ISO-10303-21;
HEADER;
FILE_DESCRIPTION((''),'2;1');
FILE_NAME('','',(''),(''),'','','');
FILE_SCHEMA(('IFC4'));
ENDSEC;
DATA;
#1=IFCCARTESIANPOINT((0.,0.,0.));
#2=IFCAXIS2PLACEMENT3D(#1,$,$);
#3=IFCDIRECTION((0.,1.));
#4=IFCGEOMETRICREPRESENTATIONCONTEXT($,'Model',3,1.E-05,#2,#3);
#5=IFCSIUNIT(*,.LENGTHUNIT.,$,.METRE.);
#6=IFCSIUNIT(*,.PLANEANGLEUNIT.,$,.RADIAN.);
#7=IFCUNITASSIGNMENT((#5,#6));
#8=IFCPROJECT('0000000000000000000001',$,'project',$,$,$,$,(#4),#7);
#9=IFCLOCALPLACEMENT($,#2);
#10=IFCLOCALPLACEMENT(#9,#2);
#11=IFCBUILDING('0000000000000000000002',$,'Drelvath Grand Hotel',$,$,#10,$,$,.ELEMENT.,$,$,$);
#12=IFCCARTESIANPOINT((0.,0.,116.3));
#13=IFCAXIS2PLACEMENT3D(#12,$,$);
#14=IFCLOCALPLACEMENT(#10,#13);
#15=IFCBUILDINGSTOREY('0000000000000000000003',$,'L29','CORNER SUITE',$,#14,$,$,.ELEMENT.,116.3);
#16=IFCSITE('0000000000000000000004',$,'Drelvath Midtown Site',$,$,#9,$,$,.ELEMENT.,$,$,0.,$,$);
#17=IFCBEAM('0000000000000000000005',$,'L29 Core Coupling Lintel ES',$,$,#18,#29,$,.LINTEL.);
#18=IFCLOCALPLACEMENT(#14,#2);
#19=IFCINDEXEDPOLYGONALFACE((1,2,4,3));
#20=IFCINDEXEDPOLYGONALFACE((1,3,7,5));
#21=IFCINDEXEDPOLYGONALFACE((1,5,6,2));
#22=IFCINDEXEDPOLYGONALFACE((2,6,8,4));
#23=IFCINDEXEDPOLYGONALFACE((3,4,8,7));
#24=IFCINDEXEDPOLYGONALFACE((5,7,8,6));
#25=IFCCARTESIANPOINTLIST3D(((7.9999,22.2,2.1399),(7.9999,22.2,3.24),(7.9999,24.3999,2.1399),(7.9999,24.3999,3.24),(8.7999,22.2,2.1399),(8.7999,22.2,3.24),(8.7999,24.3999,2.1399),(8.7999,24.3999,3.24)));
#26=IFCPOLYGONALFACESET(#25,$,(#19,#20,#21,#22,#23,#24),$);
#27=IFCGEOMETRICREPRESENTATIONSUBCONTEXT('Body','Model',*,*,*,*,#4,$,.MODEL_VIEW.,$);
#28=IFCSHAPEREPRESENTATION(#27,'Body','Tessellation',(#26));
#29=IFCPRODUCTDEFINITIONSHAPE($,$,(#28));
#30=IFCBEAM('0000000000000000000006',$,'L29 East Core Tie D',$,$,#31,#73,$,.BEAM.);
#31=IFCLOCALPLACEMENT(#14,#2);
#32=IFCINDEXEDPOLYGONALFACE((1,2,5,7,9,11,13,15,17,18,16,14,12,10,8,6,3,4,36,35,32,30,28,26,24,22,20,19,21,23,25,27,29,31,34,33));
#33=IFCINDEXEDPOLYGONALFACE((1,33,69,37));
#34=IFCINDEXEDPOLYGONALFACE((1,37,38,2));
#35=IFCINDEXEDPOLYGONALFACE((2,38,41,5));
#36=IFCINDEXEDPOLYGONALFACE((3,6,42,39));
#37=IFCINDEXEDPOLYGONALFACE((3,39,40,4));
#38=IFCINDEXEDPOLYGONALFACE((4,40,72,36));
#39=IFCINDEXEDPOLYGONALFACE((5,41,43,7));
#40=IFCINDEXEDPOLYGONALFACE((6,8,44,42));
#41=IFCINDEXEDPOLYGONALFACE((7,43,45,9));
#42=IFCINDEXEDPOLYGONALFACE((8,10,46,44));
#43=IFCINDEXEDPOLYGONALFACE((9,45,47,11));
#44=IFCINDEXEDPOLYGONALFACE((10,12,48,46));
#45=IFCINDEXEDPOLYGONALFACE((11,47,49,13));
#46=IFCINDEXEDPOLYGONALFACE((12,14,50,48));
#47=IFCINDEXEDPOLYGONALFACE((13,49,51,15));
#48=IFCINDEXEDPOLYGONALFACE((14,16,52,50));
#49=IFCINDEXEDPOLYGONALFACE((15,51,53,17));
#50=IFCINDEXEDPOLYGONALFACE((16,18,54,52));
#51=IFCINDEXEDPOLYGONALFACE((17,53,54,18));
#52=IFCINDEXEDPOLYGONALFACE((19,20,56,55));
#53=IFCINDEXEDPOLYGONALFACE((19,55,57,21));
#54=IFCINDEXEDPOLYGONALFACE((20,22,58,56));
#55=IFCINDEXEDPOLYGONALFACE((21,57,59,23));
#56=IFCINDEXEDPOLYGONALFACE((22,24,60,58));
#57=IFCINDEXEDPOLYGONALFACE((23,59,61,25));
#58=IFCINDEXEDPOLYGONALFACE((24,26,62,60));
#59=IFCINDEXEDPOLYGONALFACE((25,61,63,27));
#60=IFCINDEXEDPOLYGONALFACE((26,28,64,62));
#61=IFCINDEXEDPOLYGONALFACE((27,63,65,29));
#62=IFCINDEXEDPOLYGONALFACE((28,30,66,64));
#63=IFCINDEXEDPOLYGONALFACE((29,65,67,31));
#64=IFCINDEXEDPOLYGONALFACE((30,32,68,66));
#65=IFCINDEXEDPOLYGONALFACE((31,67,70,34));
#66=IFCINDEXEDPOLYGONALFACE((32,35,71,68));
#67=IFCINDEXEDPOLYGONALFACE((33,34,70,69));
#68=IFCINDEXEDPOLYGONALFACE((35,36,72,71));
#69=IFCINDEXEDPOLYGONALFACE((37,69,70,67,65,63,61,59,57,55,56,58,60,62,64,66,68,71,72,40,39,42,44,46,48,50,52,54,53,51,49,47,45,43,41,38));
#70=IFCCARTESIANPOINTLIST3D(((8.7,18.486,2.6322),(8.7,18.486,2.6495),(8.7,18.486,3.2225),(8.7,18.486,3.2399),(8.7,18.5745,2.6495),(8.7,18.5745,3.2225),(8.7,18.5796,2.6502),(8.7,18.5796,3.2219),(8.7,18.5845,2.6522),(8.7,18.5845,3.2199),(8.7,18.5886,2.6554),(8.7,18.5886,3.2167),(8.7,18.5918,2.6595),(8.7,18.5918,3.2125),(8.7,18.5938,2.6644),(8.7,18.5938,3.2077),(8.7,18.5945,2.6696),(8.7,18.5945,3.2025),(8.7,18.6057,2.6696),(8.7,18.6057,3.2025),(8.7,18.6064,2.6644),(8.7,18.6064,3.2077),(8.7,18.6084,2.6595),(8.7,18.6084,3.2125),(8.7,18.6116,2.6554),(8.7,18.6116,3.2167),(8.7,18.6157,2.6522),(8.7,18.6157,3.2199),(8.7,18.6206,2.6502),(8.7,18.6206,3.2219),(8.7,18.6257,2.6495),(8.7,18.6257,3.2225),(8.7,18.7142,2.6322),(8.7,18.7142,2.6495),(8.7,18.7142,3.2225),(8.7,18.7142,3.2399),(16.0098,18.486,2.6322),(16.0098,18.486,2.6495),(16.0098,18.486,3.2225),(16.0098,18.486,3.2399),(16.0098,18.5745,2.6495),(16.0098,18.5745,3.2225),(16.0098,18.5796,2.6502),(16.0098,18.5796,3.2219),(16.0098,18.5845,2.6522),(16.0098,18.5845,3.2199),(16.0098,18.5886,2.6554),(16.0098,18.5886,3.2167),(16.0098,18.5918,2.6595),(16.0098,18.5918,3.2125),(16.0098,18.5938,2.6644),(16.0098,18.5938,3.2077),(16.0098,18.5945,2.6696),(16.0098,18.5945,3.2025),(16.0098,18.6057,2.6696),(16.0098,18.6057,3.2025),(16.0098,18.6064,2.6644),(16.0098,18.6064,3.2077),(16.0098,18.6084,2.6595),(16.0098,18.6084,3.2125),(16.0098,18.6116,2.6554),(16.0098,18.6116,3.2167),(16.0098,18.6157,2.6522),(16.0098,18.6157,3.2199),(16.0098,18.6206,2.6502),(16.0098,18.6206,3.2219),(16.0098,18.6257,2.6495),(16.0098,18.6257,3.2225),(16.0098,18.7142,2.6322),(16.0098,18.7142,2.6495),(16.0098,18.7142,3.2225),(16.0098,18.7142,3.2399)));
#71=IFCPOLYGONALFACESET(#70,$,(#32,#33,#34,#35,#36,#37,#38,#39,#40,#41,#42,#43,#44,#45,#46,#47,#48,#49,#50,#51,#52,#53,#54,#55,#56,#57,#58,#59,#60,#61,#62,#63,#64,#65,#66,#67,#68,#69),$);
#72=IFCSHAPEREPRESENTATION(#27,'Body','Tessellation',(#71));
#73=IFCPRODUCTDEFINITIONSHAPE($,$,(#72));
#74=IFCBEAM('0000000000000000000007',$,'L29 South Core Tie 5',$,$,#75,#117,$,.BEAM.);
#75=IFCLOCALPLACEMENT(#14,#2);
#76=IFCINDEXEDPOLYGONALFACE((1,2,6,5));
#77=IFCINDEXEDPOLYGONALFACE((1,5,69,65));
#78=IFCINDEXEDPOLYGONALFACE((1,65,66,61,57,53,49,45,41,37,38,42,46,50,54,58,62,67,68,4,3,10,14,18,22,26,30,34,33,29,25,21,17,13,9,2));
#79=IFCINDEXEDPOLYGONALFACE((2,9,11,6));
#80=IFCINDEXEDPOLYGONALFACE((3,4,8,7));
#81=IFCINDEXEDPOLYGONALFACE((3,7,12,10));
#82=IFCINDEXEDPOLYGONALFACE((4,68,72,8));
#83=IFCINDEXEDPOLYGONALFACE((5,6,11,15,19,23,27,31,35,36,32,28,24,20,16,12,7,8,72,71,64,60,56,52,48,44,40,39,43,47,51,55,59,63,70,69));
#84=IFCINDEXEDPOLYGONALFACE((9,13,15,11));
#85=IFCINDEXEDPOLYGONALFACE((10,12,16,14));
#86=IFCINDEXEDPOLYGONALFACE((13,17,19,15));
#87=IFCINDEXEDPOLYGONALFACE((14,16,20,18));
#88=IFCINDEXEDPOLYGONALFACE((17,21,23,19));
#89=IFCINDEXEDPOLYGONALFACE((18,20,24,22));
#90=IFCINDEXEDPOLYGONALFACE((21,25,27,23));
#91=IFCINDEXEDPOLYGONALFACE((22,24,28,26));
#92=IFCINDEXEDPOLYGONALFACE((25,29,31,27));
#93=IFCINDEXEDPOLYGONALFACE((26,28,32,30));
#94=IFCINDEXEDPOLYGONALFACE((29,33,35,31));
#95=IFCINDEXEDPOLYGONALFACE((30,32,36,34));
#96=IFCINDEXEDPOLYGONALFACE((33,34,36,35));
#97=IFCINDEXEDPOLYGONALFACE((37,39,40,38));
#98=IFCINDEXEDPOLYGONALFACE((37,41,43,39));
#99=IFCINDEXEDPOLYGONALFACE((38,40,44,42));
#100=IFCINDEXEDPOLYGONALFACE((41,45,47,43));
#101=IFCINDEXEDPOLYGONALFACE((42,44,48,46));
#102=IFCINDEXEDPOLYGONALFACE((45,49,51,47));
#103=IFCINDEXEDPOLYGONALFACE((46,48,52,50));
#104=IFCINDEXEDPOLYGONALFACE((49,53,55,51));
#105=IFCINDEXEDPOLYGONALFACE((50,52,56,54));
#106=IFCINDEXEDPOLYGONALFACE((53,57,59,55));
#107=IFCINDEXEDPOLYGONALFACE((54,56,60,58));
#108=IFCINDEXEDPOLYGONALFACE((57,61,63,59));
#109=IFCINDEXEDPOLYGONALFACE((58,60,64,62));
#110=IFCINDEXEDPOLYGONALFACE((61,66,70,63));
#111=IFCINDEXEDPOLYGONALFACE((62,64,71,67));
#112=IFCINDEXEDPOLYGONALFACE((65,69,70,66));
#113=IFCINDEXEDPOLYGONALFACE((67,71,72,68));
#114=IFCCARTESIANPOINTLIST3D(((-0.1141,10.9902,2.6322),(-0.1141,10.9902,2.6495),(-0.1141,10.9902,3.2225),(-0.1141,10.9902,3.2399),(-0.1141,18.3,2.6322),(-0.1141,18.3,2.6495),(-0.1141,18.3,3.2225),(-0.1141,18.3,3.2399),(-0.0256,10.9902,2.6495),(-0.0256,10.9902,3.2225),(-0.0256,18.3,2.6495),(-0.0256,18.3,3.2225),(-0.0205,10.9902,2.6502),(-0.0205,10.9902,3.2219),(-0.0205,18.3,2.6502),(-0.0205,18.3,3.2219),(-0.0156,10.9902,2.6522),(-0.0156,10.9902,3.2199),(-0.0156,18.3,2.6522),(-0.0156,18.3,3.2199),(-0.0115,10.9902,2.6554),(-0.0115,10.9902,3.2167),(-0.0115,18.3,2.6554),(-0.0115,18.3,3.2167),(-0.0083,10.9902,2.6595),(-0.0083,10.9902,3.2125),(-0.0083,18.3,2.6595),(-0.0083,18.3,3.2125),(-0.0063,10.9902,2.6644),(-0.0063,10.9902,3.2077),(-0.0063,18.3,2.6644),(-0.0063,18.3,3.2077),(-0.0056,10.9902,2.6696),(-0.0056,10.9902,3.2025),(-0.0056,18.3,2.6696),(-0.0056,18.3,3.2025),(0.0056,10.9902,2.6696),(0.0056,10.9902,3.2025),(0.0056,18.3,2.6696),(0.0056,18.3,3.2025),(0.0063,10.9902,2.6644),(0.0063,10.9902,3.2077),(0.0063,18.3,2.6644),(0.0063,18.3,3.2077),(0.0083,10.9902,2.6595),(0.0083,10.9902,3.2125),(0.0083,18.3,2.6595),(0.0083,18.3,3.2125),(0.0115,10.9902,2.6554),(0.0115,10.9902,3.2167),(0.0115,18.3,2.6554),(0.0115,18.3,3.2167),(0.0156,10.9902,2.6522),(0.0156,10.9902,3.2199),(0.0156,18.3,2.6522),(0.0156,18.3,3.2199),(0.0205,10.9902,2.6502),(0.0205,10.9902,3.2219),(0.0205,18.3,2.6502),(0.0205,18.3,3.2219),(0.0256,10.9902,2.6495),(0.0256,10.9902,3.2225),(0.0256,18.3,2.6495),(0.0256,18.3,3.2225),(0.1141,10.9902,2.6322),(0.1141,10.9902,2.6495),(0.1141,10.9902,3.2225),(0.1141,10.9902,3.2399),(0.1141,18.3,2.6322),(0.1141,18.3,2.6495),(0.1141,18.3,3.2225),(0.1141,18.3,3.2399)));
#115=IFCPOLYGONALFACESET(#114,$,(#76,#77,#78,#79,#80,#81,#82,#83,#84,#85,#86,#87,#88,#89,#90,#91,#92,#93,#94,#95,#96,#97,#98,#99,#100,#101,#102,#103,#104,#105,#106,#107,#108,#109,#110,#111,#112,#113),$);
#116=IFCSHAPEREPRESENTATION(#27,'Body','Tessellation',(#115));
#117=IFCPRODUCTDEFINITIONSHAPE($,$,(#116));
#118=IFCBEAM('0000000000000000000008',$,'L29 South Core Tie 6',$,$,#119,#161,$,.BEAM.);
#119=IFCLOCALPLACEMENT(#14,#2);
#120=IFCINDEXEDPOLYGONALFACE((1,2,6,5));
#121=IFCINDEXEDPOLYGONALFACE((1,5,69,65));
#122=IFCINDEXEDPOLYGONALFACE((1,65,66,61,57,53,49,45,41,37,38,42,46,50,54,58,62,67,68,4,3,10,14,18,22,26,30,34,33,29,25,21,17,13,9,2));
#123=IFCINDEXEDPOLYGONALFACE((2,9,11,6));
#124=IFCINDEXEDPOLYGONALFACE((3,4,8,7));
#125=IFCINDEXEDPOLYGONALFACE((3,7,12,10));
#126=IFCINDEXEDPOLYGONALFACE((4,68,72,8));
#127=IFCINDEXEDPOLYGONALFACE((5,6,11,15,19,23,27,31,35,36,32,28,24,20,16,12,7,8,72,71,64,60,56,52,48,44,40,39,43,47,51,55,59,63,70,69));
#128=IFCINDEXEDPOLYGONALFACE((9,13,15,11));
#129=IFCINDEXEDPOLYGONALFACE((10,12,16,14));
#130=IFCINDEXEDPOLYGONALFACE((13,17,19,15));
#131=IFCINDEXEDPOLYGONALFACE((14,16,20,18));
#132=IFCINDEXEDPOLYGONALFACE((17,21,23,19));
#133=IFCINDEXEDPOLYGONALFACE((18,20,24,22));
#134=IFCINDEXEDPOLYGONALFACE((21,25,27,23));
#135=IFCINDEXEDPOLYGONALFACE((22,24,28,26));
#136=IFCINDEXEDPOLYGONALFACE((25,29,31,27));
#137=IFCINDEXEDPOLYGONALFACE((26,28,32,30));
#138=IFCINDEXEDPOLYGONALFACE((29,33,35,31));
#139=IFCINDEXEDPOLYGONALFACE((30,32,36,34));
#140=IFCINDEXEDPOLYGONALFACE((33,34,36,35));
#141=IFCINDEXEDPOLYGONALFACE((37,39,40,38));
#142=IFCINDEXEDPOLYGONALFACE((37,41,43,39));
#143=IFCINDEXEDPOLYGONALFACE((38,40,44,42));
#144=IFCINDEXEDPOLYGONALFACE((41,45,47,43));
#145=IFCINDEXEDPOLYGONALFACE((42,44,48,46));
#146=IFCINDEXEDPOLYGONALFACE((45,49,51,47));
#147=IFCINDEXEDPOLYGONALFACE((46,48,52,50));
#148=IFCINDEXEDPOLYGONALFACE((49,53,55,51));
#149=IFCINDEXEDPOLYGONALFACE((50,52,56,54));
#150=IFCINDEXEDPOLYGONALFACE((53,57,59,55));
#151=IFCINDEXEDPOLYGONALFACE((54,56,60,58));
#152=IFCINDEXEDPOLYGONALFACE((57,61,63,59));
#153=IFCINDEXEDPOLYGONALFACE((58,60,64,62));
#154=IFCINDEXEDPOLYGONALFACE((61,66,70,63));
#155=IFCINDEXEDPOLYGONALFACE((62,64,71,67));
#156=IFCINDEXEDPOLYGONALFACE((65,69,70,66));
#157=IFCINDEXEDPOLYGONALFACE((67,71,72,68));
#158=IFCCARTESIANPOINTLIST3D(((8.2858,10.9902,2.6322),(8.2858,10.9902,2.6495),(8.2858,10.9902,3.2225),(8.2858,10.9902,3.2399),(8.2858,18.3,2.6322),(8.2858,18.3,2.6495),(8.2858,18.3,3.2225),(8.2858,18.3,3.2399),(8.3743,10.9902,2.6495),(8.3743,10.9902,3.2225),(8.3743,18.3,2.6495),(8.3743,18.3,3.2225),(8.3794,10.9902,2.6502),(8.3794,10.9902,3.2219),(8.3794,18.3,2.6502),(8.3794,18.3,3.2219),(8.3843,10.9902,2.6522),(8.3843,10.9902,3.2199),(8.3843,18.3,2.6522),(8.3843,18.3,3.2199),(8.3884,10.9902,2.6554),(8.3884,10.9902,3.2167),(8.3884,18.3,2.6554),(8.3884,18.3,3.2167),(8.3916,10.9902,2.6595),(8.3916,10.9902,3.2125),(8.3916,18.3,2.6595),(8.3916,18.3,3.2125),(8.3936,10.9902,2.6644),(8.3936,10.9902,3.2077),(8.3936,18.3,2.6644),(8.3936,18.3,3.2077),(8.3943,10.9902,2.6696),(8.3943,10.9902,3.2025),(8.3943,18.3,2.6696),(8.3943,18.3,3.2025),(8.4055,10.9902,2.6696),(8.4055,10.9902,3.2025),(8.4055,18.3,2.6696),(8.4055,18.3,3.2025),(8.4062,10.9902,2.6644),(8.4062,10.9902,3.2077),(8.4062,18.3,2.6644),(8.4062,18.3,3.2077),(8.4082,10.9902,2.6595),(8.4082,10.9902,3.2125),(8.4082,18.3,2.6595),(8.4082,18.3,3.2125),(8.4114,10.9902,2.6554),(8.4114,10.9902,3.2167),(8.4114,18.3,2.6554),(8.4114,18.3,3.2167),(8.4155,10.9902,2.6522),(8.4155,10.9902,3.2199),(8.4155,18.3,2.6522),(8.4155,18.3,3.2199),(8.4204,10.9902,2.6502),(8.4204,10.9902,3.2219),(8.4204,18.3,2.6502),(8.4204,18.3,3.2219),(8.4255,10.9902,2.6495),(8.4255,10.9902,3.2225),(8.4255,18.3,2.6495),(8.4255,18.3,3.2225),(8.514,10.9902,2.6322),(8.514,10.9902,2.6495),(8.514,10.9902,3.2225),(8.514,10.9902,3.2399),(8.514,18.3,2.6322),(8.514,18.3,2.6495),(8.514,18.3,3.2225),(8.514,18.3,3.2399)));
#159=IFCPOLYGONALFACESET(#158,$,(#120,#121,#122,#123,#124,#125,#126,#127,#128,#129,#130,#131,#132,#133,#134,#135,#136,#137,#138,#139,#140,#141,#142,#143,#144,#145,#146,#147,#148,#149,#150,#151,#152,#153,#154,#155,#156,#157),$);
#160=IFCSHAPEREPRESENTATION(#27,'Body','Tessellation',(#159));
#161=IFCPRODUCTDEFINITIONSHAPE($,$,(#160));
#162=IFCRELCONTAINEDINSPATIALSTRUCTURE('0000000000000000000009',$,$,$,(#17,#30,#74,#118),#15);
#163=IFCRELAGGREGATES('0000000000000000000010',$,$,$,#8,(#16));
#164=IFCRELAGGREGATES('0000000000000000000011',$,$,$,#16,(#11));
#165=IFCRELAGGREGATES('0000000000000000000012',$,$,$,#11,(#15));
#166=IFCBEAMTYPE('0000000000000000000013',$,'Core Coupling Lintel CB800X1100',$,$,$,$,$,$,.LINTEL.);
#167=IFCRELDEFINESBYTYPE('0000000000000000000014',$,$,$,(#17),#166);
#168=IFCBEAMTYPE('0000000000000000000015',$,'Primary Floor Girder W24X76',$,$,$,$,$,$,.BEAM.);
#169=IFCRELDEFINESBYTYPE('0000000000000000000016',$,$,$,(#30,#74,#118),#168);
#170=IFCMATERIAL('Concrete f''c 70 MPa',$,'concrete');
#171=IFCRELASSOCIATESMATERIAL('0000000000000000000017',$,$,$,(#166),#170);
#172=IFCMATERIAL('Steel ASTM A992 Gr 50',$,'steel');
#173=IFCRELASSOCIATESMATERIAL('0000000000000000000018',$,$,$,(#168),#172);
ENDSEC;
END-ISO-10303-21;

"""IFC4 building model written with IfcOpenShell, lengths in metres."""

from ifc_helpers import new_model, si_unit, direction, frame, origin, origin_2d, place, context, subcontext, project, spatial, rectangle, i_section, extrude, material, material_profile, profile_set, type_object, element, save


model = new_model("IFC4")

# Units and contexts
model_context = context("Model", 3, precision=1e-05, world=origin(), true_north=direction((0.0, 1.0)))
body_context = subcontext(model_context, "Body", "Model", "MODEL_VIEW")
ifc_project = project(units=[si_unit("LENGTHUNIT", "METRE"), si_unit("PLANEANGLEUNIT", "RADIAN")], contexts=[model_context])

# Site, building, storey
site_placement = place(None, origin())
site = spatial("IfcSite", under=ifc_project, at=site_placement, Name="Drelvath Midtown Site", CompositionType="ELEMENT", RefElevation=0.0)
building_placement = place(site_placement, origin())
building = spatial("IfcBuilding", under=site, at=building_placement, Name="Drelvath Grand Hotel", CompositionType="ELEMENT")
storey_placement = place(building_placement, frame((0.0, 0.0, 116.3)))
storey = spatial("IfcBuildingStorey", under=building, at=storey_placement, Name="L29", Description="CORNER SUITE", CompositionType="ELEMENT", Elevation=116.3)

# Beams
ifc_material_1 = material(Name="Concrete f'c 70 MPa", Category="concrete")
ifc_material_profile_1 = material_profile(ifc_material_1, rectangle(XDim=0.8, YDim=1.1001, at=origin_2d()), Name="CB800X1100")
ifc_profile_set_1 = profile_set([ifc_material_profile_1], Name="Concrete f'c 70 MPa")
beam_type_1 = type_object("IfcBeamType", Name="Core Coupling Lintel CB800X1100", PredefinedType="LINTEL", material=ifc_profile_set_1)
beam_placement = place(storey_placement, frame((8.3999, 22.2, 2.6899), z_axis=(0.0, 1.0, 0.0), x_axis=(-1.0, 0.0, 0.0)))
element("IfcBeam", 1, at=beam_placement, inside=storey, type_object=beam_type_1, Name="L29 Core Coupling Lintel ES", PredefinedType="LINTEL", context=body_context, shape_type="SweptSolid", body=[
    extrude(rectangle(XDim=0.8, YDim=1.1001, at=origin_2d()), origin(), (0.0, 0.0, 1.0), 2.2),
])
ifc_material_2 = material(Name="Steel ASTM A992 Gr 50", Category="steel")
ifc_material_profile_2 = material_profile(ifc_material_2, i_section(OverallWidth=0.2283, OverallDepth=0.6077, WebThickness=0.0112, FlangeThickness=0.0173, FilletRadius=0.02, at=origin_2d()), Name="W24X76")
ifc_profile_set_2 = profile_set([ifc_material_profile_2], Name="Steel ASTM A992 Gr 50")
beam_type_2 = type_object("IfcBeamType", Name="Primary Floor Girder W24X76", PredefinedType="BEAM", material=ifc_profile_set_2)
for number, where, z_axis, x_axis, name in (
    (2, (8.7, 18.6001, 2.936), (1.0, 0.0, 0.0), (0.0, 1.0, 0.0), "L29 East Core Tie D"),
    (3, (0.0, 10.9902, 2.936), (0.0, 1.0, 0.0), (-1.0, 0.0, 0.0), "L29 South Core Tie 5"),
    (4, (8.3999, 10.9902, 2.936), (0.0, 1.0, 0.0), (-1.0, 0.0, 0.0), "L29 South Core Tie 6"),
):
    element("IfcBeam", number, at=place(storey_placement, frame(where, z_axis=z_axis, x_axis=x_axis)), inside=storey, type_object=beam_type_2, Name=name, PredefinedType="BEAM", context=body_context, shape_type="SweptSolid", body=[
        extrude(i_section(OverallWidth=0.2283, OverallDepth=0.6077, WebThickness=0.0112, FlangeThickness=0.0173, FilletRadius=0.02, at=origin_2d()), origin(), (0.0, 0.0, 1.0), 7.3098),
    ])

save(model, "model.ifc")
